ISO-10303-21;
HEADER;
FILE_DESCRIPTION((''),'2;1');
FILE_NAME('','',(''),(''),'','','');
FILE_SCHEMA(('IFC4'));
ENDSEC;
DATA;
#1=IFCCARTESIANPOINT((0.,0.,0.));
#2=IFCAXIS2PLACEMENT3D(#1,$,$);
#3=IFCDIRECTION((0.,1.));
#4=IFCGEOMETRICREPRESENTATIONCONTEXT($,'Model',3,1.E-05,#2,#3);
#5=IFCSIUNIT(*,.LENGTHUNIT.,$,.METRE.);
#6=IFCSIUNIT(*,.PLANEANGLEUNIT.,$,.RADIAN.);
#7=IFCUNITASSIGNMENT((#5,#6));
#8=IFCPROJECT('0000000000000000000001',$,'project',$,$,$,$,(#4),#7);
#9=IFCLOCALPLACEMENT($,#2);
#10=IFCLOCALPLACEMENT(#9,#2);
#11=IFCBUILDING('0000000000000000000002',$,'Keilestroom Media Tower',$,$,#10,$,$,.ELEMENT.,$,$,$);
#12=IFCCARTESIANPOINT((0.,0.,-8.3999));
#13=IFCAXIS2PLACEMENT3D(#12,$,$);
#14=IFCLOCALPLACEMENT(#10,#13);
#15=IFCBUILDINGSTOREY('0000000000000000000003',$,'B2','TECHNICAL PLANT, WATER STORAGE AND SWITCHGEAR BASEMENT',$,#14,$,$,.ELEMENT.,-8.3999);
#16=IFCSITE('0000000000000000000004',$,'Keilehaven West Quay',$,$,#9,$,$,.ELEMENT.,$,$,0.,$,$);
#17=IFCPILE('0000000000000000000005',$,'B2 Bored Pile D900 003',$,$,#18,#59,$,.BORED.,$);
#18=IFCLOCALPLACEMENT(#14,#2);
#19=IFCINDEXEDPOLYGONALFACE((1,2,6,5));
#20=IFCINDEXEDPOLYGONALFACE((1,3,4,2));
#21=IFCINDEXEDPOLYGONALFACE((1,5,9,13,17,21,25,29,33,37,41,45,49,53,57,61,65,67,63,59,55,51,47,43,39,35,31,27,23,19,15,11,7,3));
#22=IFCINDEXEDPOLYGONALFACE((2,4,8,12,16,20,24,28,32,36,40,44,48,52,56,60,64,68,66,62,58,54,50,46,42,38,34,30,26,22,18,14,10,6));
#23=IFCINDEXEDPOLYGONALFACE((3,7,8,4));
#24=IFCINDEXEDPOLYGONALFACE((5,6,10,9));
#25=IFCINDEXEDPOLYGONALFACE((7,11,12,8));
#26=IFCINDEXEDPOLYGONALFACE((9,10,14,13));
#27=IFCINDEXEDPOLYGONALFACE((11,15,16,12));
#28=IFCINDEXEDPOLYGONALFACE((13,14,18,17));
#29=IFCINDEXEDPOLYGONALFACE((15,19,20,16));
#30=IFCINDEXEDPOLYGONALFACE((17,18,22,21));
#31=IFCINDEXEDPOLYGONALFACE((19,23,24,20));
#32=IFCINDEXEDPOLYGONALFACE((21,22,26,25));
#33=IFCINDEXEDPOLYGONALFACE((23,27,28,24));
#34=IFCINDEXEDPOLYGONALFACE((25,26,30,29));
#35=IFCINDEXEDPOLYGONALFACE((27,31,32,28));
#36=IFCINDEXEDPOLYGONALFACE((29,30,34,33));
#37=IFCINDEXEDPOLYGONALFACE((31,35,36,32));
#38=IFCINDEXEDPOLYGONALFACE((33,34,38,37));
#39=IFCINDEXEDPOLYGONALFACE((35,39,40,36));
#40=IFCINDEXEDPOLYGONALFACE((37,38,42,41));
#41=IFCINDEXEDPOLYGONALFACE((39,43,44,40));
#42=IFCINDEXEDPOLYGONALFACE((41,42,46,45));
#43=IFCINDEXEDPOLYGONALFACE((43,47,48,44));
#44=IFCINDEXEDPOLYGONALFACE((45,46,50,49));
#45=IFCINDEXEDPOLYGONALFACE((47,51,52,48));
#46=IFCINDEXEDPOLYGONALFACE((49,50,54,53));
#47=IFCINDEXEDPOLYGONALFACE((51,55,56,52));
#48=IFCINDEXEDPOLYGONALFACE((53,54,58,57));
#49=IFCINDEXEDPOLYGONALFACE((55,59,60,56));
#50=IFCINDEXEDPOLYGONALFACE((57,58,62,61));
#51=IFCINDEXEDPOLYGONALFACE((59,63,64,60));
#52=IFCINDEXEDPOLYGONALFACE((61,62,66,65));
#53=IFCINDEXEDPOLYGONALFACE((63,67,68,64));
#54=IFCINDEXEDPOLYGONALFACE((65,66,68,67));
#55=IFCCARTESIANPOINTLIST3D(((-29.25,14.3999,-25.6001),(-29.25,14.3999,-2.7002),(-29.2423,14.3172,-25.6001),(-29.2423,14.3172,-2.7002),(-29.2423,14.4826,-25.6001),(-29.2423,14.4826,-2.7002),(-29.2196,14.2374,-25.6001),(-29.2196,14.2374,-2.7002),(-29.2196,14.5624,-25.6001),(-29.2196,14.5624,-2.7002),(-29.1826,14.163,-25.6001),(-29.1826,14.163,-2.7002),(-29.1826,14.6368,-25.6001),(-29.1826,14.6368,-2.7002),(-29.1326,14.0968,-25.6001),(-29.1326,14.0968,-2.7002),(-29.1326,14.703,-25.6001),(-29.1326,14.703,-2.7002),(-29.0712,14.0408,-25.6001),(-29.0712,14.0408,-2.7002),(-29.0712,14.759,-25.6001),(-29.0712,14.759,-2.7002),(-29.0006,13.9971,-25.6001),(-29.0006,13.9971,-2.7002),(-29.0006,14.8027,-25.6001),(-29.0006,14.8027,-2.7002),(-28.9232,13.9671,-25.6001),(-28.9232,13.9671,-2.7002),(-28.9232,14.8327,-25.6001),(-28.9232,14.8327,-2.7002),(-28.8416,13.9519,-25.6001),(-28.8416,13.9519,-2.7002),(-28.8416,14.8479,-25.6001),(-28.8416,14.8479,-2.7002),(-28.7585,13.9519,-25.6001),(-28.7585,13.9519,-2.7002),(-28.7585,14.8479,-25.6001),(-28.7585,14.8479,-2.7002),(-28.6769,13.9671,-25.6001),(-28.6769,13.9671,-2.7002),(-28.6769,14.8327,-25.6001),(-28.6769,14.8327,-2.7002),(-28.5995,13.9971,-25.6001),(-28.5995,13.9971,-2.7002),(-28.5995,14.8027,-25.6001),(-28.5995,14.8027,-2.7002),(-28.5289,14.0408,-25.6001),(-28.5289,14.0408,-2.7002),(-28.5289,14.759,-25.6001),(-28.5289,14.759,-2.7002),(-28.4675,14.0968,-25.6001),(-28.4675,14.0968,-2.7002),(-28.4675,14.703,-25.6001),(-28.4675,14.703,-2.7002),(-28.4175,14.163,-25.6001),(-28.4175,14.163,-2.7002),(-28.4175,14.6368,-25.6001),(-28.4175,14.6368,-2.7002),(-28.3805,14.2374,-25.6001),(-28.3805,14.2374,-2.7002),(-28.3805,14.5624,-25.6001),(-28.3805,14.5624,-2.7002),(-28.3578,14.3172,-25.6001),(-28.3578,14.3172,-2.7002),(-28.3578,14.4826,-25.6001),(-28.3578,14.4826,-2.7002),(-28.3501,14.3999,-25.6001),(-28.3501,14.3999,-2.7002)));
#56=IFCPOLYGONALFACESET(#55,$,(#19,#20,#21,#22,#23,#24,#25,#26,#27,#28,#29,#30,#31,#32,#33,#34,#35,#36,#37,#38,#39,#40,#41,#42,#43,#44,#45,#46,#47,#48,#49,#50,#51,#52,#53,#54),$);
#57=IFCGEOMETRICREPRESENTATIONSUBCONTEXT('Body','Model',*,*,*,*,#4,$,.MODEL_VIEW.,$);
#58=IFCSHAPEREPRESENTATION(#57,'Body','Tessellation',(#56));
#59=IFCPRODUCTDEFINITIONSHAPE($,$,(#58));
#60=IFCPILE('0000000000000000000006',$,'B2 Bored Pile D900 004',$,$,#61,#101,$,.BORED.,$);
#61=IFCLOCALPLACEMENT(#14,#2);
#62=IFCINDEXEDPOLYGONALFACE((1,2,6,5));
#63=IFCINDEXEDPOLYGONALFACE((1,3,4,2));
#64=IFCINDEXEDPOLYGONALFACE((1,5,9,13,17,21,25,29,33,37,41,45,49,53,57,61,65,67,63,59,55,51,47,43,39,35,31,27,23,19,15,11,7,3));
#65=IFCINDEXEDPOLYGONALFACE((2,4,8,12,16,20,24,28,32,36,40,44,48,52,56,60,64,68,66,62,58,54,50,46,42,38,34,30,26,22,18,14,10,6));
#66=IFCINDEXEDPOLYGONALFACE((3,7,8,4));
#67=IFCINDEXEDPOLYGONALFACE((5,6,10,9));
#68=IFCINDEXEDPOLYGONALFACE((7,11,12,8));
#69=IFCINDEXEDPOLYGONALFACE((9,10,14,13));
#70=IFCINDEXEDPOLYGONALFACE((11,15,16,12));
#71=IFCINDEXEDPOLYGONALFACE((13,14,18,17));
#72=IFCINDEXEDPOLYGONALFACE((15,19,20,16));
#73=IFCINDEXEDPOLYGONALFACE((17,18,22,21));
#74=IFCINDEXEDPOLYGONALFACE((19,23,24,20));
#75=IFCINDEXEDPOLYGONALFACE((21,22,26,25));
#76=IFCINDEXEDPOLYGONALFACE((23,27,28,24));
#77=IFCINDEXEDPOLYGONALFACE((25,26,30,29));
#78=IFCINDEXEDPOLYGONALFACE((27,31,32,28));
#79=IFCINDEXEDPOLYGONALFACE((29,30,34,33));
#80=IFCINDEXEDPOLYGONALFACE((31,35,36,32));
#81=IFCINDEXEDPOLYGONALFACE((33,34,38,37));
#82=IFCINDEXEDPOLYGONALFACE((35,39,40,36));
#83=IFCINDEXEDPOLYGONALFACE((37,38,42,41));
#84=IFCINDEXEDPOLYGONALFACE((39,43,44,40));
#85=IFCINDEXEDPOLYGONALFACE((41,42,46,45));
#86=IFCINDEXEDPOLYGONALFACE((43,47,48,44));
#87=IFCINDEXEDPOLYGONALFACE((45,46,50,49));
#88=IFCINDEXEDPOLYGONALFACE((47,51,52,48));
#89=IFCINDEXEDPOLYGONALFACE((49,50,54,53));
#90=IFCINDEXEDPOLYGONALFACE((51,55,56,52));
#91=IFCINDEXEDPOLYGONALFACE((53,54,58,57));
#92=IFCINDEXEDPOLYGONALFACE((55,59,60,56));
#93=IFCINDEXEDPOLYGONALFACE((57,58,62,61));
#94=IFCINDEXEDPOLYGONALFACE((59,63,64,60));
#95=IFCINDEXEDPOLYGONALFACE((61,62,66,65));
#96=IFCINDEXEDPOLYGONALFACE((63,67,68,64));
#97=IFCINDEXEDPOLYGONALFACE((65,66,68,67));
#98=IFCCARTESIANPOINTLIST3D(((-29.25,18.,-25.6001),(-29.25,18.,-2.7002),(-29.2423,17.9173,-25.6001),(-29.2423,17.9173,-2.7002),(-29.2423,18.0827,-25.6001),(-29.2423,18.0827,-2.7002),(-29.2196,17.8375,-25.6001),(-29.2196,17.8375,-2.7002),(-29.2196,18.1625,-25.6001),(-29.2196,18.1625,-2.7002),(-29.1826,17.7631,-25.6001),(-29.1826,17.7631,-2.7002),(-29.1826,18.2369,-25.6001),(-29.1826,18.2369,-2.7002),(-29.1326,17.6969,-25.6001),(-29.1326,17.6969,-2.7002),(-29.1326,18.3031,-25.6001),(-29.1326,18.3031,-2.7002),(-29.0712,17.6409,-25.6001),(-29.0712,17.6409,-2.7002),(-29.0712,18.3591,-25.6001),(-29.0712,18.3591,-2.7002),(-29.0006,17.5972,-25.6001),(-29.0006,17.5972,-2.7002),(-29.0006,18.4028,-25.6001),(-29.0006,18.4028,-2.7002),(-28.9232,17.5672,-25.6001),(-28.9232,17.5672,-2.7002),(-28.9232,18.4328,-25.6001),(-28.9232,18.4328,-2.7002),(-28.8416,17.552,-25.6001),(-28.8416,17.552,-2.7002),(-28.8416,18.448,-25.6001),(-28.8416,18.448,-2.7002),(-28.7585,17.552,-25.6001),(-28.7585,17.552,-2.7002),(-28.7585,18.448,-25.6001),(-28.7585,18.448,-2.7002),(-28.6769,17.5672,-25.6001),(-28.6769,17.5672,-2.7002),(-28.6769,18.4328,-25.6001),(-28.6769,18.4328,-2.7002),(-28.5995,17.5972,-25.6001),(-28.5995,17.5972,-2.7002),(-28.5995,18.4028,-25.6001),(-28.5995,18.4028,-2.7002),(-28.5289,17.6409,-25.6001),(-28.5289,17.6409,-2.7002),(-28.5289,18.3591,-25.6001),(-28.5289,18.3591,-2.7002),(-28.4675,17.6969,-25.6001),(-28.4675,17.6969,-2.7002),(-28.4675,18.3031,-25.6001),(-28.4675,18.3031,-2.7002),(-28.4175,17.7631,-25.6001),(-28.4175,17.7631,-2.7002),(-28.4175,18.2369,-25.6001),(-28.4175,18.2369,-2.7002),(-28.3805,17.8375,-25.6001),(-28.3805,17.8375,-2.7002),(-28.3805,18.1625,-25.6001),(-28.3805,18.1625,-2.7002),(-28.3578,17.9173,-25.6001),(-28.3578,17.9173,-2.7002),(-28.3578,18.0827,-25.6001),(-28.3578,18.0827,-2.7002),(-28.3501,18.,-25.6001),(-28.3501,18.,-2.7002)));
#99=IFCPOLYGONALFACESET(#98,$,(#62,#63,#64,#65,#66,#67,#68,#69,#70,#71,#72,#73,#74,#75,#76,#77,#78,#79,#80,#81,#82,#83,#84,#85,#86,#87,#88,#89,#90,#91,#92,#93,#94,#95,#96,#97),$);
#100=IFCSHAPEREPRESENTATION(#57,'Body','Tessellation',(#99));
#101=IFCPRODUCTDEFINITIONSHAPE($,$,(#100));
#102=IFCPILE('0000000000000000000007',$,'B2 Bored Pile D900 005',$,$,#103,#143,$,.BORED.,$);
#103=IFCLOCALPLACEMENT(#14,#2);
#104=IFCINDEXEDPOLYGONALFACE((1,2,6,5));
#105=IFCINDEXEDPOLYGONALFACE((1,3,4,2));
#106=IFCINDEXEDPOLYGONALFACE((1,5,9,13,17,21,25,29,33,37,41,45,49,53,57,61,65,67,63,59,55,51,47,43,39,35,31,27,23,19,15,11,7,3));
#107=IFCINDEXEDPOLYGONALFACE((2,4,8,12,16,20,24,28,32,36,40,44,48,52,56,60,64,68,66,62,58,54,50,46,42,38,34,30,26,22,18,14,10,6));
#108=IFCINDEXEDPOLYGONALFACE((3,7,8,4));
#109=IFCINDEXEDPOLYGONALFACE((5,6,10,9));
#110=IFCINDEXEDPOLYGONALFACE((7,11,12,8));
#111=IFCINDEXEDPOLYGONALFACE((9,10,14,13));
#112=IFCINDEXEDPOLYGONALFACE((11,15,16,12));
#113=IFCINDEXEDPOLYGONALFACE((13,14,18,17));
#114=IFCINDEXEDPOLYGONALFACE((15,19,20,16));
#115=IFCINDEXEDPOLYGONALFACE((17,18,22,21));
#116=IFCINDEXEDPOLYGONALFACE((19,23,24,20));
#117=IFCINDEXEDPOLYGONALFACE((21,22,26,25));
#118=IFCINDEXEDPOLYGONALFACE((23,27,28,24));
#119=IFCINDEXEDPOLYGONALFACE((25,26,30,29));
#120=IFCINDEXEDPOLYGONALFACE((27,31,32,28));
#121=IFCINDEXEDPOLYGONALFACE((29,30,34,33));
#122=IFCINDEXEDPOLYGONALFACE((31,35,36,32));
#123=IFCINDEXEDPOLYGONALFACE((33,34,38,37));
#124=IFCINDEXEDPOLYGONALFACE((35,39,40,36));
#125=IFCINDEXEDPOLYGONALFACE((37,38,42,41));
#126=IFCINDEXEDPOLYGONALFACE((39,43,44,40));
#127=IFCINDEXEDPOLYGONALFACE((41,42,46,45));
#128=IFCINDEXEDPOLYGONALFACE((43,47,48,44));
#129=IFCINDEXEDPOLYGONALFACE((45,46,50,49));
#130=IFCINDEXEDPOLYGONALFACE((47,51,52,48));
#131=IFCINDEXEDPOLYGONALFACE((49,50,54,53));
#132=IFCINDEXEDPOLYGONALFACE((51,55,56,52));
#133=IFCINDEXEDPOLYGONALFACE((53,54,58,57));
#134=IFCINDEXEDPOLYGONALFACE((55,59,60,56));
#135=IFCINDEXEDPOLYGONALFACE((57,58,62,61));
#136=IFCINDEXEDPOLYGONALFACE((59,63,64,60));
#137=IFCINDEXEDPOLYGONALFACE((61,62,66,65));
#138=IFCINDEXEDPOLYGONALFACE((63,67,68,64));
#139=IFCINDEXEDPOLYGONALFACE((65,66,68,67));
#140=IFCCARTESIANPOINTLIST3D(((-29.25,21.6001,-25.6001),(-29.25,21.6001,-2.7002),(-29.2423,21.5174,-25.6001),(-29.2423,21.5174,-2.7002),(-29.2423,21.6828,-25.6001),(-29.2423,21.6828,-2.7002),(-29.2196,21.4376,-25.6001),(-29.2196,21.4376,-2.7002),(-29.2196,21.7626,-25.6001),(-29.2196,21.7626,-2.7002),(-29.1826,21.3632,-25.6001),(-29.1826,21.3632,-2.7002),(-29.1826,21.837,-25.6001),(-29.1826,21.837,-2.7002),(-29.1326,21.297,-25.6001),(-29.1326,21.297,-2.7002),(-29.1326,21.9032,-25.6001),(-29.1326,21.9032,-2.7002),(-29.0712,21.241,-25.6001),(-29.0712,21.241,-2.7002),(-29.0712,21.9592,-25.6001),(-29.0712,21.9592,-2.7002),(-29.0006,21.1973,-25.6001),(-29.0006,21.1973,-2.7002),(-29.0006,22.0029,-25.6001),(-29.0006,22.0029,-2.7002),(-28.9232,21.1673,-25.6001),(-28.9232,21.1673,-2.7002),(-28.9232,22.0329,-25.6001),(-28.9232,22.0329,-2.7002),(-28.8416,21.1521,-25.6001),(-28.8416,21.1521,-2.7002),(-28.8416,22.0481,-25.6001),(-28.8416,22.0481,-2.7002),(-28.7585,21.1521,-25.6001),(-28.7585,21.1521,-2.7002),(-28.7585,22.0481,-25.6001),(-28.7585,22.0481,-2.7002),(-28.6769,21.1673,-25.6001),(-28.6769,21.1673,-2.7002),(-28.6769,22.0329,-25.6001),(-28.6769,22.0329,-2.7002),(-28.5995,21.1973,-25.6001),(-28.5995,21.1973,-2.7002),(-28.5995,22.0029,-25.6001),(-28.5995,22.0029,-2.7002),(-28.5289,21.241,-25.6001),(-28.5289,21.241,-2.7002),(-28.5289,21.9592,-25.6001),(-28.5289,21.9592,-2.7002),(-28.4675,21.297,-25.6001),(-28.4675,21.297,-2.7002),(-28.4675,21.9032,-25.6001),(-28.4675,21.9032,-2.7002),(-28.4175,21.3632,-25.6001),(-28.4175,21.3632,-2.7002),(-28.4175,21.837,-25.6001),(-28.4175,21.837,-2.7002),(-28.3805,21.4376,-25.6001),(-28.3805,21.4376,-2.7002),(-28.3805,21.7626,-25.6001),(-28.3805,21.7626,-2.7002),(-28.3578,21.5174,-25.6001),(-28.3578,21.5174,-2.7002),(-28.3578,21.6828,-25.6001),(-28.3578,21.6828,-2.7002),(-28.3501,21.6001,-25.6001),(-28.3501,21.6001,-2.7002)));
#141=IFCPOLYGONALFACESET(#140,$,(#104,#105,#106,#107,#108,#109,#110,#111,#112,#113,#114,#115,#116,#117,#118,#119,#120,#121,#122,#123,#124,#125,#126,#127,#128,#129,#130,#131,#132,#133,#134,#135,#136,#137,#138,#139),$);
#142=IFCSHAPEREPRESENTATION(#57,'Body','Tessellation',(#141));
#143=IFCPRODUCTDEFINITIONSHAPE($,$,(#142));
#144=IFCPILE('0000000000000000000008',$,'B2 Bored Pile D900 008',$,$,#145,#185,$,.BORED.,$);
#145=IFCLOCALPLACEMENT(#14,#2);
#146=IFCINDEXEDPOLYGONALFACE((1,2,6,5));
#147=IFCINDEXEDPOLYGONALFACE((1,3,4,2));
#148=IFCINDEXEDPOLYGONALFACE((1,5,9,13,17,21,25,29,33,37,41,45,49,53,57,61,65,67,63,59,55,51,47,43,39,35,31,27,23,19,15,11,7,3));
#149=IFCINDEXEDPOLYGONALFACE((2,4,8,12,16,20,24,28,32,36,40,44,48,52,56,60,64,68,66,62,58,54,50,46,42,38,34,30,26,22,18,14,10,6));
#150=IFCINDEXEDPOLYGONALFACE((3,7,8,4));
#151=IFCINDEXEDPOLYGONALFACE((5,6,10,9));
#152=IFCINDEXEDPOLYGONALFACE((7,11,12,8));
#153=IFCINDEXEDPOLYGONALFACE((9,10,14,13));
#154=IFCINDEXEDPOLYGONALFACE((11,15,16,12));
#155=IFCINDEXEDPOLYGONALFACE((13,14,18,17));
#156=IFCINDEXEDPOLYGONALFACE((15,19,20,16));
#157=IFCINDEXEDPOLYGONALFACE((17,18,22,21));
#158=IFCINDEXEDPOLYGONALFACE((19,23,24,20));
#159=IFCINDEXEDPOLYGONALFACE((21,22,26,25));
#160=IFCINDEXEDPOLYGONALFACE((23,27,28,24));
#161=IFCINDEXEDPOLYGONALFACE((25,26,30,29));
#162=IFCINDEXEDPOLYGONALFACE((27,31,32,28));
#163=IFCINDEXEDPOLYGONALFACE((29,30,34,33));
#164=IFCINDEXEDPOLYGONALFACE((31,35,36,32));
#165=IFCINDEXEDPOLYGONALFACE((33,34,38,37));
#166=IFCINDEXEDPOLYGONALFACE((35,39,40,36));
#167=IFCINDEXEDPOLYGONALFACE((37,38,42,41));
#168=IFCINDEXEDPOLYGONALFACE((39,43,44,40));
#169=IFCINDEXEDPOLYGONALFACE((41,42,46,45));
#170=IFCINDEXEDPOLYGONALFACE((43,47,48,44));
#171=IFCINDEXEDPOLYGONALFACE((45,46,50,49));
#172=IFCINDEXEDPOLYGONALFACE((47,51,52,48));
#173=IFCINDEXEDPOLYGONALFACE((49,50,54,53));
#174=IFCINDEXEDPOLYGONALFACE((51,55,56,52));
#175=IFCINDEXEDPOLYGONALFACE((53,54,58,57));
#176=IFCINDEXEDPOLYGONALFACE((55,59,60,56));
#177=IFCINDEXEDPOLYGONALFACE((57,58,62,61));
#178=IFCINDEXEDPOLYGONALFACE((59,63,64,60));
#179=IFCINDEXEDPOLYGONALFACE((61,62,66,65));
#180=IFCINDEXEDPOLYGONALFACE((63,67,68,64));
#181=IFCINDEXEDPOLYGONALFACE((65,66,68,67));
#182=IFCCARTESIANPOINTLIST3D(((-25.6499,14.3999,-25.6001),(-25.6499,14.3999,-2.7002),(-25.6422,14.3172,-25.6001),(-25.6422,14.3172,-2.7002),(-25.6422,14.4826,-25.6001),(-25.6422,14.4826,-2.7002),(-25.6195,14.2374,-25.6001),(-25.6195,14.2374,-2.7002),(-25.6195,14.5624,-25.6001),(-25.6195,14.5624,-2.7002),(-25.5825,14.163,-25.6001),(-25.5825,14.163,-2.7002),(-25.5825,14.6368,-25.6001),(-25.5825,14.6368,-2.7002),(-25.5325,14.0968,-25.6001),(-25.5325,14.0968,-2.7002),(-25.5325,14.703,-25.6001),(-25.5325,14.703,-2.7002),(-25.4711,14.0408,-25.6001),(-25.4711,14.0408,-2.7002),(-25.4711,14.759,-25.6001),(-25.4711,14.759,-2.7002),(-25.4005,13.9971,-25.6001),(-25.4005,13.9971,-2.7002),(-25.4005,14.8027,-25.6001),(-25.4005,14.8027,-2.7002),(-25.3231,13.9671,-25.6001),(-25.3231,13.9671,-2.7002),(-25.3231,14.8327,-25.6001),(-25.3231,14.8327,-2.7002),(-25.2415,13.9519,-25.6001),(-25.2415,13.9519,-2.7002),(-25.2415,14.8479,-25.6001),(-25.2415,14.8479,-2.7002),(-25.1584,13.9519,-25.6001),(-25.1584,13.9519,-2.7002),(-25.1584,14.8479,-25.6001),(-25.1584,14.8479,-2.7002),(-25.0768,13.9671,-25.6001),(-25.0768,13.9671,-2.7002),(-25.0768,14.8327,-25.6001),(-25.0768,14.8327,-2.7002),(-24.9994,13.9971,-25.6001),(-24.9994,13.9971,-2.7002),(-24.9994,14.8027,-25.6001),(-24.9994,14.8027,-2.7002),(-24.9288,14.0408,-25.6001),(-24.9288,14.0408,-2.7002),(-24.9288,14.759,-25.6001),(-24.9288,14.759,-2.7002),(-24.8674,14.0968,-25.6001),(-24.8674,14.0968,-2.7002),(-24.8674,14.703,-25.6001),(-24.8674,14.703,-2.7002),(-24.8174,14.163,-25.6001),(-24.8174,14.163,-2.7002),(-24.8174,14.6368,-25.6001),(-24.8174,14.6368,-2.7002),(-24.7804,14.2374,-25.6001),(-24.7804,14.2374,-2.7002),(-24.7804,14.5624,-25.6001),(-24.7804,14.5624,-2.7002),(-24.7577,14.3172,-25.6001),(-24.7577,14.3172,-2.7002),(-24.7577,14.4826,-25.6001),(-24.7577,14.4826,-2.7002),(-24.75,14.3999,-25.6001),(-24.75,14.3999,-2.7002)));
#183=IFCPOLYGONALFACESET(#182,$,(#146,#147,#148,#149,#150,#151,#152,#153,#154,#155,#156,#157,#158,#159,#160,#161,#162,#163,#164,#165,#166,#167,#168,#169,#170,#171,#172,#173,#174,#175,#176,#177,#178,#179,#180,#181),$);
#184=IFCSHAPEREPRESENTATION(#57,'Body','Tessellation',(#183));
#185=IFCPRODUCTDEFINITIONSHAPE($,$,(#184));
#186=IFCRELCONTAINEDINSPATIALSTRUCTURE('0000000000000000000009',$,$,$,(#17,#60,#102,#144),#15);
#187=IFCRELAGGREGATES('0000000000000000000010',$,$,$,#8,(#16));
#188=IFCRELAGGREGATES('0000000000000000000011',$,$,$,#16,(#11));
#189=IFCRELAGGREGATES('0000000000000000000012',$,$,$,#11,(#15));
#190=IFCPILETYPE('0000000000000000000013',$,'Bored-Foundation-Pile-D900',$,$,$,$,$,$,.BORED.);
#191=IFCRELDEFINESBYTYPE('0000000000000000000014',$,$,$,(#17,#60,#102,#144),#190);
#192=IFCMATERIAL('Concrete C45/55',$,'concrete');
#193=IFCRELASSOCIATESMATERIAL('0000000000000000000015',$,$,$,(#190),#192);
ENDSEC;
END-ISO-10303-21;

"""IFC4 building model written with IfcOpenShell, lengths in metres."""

from ifc_helpers import new_model, si_unit, direction, frame, origin, origin_2d, place, context, subcontext, project, spatial, circle, extrude, source, transform, mapped, material, material_profile, profile_set, type_object, element, save


model = new_model("IFC4")

# Units and contexts
model_context = context("Model", 3, precision=1e-05, world=origin(), true_north=direction((0.0, 1.0)))
body_context = subcontext(model_context, "Body", "Model", "MODEL_VIEW")
ifc_project = project(units=[si_unit("LENGTHUNIT", "METRE"), si_unit("PLANEANGLEUNIT", "RADIAN")], contexts=[model_context])

# Site, building, storey
site_placement = place(None, origin())
site = spatial("IfcSite", under=ifc_project, at=site_placement, Name="Keilehaven West Quay", CompositionType="ELEMENT", RefElevation=0.0)
building_placement = place(site_placement, origin())
building = spatial("IfcBuilding", under=site, at=building_placement, Name="Keilestroom Media Tower", CompositionType="ELEMENT")
storey_placement = place(building_placement, frame((0.0, 0.0, -8.3999)))
storey = spatial("IfcBuildingStorey", under=building, at=storey_placement, Name="B2", Description="TECHNICAL PLANT, WATER STORAGE AND SWITCHGEAR BASEMENT", CompositionType="ELEMENT", Elevation=-8.3999)

# Piles
ifc_material_1 = material(Name="Concrete C45/55", Category="concrete")
ifc_material_profile_1 = material_profile(ifc_material_1, circle(Radius=0.45, at=origin_2d()), Name="BORED PILE D900")
ifc_profile_set_1 = profile_set([ifc_material_profile_1], Name="Concrete C45/55")
pile_type_1 = type_object("IfcPileType", Name="Bored-Foundation-Pile-D900", PredefinedType="BORED", material=ifc_profile_set_1)
shared_shape_1 = source(origin(), body_context, "Body", "SweptSolid", [
    extrude(circle(Radius=0.45, at=origin_2d()), origin(), (0.0, 0.0, 1.0), 22.8999),
])
for number, where, z_axis, x_axis, name in (
    (1, (-28.8, 14.3999, -2.7002), (0.0, 0.0, -1.0), (1.0, 0.0, 0.0), "B2 Bored Pile D900 003"),
    (2, (-28.8, 18.0, -2.7002), (0.0, 0.0, -1.0), (1.0, 0.0, 0.0), "B2 Bored Pile D900 004"),
    (3, (-28.8, 21.6001, -2.7002), (0.0, 0.0, -1.0), (1.0, 0.0, 0.0), "B2 Bored Pile D900 005"),
    (4, (-25.2, 14.3999, -2.7002), (0.0, 0.0, -1.0), (1.0, 0.0, 0.0), "B2 Bored Pile D900 008"),
):
    element("IfcPile", number, at=place(storey_placement, frame(where, z_axis=z_axis, x_axis=x_axis)), inside=storey, type_object=pile_type_1, Name=name, PredefinedType="BORED", context=body_context, shape_type="MappedRepresentation", body=[
        mapped(shared_shape_1, transform((0.0, 0.0, 0.0), x_axis=(1.0, 0.0, 0.0), y_axis=(0.0, 1.0, 0.0), z_axis=(0.0, 0.0, 1.0), scale=1.0)),
    ])

save(model, "model.ifc")
